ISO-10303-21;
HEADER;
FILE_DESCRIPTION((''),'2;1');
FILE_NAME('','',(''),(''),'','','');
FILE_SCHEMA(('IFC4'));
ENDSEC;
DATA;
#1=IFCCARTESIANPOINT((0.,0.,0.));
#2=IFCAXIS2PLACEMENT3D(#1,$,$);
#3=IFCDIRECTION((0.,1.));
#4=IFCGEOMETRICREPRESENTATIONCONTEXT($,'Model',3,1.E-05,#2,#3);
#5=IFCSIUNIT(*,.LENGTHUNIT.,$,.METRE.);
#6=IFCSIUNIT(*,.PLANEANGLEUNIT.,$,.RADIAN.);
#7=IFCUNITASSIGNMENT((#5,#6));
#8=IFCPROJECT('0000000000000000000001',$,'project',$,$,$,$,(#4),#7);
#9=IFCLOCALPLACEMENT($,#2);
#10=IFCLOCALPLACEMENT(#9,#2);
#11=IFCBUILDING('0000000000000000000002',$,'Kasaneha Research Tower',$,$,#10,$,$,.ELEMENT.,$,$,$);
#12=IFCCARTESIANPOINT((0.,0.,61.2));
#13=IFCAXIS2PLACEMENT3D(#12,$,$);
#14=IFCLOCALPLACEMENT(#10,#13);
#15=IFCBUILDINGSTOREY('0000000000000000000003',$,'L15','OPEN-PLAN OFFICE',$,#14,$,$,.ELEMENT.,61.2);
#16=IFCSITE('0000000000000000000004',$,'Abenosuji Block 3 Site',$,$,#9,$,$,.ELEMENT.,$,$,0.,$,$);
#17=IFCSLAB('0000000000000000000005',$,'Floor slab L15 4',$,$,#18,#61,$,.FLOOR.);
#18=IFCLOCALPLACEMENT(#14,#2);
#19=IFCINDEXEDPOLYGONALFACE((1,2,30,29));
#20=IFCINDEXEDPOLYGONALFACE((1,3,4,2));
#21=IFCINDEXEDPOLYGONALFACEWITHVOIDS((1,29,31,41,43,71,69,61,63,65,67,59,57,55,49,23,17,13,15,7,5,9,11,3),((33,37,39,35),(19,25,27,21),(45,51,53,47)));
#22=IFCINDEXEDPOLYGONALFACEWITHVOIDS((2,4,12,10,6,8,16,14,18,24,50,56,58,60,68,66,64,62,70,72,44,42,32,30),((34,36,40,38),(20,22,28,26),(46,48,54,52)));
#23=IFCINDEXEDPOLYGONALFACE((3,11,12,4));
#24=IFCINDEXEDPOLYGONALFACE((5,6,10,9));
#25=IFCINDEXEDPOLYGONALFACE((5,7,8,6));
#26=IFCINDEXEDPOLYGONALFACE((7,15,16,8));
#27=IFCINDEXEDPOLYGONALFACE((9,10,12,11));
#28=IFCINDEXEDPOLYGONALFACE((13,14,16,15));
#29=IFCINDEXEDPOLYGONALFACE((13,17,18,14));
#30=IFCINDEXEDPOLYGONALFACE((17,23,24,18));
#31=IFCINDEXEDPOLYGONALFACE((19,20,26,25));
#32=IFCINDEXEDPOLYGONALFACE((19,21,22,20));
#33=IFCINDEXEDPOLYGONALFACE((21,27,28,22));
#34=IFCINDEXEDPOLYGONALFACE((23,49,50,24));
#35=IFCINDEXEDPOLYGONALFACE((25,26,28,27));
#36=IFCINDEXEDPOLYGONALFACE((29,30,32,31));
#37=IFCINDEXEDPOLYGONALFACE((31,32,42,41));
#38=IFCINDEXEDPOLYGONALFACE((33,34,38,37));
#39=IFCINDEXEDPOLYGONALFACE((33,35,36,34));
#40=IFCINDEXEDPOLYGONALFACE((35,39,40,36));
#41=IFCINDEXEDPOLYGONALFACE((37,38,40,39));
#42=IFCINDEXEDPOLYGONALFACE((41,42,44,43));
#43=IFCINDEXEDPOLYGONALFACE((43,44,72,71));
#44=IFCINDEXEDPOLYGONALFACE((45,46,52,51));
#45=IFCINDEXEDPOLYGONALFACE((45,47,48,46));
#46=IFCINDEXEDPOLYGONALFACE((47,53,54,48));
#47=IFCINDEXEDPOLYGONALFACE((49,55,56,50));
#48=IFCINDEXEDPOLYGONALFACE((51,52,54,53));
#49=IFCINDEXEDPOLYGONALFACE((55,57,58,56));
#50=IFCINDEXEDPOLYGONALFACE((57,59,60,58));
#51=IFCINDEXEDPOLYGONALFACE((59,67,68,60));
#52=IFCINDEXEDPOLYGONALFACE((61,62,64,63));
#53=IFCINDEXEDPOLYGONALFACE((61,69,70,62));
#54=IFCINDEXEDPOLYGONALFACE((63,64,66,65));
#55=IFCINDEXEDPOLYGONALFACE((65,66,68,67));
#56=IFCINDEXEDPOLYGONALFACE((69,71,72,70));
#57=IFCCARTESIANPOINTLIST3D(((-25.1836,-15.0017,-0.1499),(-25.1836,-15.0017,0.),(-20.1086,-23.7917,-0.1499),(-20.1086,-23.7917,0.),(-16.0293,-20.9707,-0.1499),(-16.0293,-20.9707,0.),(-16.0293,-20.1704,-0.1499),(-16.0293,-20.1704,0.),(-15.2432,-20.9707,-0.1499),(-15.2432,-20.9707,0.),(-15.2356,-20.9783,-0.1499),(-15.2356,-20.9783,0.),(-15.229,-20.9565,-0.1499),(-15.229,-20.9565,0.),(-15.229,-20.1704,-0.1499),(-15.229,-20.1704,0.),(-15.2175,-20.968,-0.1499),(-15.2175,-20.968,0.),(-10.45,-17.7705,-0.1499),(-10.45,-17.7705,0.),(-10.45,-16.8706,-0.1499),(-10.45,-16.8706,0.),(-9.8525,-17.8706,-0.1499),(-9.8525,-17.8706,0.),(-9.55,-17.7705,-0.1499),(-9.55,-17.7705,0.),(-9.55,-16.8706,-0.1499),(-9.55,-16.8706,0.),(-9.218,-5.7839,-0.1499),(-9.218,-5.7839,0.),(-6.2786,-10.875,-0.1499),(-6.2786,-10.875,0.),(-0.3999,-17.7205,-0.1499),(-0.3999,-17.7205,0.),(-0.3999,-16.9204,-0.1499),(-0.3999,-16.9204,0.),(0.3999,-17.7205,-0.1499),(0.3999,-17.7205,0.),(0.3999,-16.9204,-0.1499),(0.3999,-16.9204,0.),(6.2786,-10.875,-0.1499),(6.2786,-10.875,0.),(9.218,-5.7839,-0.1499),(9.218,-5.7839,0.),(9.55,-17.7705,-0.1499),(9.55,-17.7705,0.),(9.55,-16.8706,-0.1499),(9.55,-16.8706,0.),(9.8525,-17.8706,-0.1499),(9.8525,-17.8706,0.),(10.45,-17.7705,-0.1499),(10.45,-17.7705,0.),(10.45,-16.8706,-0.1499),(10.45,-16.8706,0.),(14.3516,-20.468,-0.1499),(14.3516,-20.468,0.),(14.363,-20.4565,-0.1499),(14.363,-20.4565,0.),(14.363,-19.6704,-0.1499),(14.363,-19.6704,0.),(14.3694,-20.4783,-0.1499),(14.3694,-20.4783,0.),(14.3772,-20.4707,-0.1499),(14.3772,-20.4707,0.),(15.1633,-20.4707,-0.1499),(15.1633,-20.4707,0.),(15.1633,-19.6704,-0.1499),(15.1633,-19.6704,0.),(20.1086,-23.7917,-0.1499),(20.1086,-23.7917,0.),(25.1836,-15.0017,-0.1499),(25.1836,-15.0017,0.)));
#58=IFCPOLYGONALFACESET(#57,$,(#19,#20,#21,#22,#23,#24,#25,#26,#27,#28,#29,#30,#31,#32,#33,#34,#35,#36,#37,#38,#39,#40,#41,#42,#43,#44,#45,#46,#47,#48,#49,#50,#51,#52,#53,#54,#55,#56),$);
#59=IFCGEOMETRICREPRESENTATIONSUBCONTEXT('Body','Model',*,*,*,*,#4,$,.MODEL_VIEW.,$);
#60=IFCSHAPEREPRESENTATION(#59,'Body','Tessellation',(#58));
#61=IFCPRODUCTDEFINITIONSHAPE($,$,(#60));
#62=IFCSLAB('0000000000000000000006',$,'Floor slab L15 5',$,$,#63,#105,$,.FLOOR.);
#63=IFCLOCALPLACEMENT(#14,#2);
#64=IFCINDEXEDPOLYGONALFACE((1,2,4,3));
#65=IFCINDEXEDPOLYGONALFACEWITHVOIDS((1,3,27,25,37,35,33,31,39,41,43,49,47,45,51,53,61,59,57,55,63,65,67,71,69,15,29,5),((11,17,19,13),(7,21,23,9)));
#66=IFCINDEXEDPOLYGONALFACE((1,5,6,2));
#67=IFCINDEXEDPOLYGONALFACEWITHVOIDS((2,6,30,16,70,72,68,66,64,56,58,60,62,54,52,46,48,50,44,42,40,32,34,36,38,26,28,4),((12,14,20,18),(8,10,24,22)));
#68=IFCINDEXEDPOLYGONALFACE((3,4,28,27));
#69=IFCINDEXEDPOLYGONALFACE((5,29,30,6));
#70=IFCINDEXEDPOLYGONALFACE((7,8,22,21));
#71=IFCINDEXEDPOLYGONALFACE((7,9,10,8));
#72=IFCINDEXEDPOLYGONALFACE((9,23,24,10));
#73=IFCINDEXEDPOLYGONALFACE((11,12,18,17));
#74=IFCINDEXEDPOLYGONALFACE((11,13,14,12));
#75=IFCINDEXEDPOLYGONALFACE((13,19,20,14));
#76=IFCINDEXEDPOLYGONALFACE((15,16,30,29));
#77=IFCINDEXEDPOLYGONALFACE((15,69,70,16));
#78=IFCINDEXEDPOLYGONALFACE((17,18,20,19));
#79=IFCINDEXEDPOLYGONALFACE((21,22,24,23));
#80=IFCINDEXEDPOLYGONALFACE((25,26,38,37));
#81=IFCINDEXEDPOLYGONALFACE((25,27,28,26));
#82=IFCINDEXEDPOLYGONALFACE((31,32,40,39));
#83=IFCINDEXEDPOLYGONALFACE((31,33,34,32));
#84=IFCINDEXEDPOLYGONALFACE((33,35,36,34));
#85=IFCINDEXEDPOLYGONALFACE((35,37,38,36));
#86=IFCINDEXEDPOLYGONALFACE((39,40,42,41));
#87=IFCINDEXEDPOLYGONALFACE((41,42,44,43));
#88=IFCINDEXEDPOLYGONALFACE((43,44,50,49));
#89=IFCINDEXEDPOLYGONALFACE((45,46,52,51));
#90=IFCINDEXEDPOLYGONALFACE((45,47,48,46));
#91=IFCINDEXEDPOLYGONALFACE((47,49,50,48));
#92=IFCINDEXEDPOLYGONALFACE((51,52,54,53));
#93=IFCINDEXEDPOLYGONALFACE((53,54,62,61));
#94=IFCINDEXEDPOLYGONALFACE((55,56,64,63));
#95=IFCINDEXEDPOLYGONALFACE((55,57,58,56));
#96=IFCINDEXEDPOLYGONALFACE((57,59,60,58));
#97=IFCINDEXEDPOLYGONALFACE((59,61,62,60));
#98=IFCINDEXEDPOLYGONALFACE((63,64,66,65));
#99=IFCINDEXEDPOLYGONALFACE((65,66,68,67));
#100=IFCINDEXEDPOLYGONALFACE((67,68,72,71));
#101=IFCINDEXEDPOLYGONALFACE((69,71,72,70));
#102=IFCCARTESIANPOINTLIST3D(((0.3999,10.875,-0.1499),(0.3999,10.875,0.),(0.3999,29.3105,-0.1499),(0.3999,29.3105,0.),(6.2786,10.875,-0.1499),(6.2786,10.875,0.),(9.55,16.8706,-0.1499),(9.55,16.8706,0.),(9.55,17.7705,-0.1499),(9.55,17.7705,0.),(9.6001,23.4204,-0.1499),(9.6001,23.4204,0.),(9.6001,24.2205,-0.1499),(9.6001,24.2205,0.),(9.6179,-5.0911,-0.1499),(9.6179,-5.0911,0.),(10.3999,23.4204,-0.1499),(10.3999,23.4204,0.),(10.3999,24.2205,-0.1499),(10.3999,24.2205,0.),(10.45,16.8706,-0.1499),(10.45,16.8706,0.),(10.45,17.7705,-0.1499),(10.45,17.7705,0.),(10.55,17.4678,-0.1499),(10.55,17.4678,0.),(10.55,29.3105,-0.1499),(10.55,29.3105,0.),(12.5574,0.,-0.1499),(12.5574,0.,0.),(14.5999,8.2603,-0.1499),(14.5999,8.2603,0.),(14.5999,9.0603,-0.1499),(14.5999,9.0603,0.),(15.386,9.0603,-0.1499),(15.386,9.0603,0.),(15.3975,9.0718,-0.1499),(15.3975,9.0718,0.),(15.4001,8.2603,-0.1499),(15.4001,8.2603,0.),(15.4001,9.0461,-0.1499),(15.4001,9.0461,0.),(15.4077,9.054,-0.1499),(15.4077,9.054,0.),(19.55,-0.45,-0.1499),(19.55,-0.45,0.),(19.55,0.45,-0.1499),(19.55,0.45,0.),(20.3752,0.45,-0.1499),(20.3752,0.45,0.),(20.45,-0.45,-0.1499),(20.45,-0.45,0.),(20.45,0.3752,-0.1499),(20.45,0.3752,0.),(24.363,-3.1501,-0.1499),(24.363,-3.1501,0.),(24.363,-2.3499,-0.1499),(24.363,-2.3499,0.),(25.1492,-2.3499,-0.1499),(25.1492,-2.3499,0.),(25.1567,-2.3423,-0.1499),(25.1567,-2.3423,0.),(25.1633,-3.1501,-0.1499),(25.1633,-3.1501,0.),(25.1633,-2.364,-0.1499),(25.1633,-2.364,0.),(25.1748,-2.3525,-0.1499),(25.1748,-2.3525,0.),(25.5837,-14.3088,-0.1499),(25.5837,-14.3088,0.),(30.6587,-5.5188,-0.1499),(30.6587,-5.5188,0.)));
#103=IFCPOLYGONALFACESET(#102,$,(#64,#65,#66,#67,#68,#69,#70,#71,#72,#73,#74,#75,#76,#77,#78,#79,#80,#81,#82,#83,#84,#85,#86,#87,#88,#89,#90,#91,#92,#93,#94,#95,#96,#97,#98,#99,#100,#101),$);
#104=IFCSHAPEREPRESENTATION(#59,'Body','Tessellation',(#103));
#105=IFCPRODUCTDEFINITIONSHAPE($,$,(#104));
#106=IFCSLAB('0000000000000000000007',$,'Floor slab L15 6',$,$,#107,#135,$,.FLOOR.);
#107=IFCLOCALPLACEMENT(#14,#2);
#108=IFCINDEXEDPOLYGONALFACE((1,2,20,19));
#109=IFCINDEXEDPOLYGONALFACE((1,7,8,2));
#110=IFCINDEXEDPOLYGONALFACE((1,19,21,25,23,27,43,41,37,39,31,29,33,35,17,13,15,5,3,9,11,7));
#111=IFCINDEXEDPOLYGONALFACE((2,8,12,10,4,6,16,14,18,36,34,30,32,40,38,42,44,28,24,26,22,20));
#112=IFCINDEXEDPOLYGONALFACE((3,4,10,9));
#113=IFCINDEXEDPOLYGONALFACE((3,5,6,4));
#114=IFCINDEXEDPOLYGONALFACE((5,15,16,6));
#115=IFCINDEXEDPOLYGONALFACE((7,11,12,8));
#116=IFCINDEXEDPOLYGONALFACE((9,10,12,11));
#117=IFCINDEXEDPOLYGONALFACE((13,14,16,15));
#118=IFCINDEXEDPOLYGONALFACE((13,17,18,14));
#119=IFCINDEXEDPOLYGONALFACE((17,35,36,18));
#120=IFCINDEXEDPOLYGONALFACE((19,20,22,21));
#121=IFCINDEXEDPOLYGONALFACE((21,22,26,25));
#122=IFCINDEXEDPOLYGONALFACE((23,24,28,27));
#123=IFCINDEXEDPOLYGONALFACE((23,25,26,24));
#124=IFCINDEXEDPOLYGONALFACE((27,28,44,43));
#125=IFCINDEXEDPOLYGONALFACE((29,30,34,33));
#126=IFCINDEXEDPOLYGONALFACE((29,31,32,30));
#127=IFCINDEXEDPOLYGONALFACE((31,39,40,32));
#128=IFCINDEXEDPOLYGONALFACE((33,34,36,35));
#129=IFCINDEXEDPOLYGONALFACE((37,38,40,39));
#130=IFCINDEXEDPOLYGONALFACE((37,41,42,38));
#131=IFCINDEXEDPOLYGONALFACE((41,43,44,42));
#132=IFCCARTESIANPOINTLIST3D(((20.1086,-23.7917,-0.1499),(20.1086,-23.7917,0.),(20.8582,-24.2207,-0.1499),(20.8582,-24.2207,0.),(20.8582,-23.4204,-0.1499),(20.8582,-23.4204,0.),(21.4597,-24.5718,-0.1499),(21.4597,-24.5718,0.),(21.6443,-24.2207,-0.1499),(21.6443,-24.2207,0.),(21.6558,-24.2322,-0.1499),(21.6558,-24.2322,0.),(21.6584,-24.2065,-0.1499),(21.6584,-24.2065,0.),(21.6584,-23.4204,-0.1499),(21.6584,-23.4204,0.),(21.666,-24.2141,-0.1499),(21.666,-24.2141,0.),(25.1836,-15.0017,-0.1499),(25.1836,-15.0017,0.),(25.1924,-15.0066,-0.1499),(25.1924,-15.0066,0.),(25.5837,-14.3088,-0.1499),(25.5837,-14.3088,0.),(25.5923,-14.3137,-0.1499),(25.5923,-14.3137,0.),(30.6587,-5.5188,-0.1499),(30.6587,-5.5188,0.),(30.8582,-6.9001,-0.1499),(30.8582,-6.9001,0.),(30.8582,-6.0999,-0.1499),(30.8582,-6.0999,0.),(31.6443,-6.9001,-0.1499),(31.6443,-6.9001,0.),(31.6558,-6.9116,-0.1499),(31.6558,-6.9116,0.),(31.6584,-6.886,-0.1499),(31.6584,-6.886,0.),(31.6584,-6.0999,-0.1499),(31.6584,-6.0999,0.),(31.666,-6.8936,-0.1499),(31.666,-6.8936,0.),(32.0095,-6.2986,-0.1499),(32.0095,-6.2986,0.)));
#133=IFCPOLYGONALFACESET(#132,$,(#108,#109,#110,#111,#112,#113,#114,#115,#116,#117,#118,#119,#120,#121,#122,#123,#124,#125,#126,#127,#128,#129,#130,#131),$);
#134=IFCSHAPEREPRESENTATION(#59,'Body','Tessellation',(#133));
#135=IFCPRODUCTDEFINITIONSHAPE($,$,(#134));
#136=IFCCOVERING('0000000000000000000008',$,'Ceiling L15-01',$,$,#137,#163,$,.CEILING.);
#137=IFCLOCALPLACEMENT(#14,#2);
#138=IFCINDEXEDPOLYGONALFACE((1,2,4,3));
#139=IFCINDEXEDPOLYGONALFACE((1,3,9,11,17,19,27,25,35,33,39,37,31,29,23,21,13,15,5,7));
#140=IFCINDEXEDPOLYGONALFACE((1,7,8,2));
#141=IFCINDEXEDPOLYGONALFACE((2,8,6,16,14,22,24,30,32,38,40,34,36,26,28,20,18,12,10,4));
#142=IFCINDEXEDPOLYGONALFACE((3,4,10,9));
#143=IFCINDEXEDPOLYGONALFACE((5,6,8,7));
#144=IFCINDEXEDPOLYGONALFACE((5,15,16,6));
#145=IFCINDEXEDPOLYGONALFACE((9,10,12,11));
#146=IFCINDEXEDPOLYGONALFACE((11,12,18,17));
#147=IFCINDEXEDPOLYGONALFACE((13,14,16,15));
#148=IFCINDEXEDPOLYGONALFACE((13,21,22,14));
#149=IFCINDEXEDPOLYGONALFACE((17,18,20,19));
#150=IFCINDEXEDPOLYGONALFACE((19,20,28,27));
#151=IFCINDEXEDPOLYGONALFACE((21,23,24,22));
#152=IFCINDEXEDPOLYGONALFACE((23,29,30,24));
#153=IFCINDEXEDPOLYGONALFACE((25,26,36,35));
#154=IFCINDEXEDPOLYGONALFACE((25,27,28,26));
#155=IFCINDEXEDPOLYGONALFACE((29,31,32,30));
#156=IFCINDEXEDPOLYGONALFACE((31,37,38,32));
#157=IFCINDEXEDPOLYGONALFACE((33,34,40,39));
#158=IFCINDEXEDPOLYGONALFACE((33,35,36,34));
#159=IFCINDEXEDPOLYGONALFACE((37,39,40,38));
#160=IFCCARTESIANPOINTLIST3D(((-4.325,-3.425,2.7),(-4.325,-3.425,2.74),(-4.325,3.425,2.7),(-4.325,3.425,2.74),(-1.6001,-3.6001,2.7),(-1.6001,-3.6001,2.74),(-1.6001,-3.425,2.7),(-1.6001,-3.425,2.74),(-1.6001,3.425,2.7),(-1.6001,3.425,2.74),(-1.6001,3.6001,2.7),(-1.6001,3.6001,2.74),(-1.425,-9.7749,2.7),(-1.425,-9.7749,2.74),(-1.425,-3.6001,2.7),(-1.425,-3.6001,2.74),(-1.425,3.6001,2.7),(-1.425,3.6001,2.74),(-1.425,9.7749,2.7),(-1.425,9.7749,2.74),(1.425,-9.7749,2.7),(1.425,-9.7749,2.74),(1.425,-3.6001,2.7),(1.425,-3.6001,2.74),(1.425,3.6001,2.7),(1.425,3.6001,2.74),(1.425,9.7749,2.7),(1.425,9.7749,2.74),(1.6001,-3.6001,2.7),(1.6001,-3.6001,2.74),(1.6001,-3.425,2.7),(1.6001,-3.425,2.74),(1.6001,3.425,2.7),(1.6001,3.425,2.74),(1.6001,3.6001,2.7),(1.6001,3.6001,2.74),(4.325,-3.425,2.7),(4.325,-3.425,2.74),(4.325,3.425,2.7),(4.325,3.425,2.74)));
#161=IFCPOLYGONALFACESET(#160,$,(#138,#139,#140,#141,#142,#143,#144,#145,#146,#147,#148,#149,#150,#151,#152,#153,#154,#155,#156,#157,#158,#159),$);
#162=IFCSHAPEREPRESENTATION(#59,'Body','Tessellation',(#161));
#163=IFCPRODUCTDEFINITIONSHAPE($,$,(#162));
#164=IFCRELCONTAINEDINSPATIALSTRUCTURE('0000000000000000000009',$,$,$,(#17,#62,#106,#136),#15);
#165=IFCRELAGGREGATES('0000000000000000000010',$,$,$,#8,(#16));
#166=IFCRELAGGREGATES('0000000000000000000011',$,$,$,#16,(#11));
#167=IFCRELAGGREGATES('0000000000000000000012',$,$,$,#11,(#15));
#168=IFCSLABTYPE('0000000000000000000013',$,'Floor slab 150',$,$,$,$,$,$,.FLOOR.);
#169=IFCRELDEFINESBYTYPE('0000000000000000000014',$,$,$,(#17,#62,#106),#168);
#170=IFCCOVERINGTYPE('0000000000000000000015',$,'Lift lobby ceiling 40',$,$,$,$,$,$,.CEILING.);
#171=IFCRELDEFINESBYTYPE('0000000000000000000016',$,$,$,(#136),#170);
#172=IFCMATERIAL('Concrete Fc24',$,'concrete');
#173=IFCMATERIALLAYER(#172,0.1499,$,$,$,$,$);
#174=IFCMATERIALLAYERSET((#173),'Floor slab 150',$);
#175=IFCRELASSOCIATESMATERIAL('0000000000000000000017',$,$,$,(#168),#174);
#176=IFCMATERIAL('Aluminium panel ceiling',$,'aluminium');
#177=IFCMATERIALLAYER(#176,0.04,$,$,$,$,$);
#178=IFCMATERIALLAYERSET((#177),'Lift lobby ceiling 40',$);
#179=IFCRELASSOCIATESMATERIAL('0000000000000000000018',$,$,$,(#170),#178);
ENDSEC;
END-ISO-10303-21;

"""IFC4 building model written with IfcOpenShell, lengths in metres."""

from ifc_helpers import new_model, si_unit, direction, frame, origin, place, context, subcontext, project, spatial, polyline, outline, extrude, material, layer, layer_set, type_object, element, save


model = new_model("IFC4")

# Units and contexts
model_context = context("Model", 3, precision=1e-05, world=origin(), true_north=direction((0.0, 1.0)))
body_context = subcontext(model_context, "Body", "Model", "MODEL_VIEW")
ifc_project = project(units=[si_unit("LENGTHUNIT", "METRE"), si_unit("PLANEANGLEUNIT", "RADIAN")], contexts=[model_context])

# Site, building, storey
site_placement = place(None, origin())
site = spatial("IfcSite", under=ifc_project, at=site_placement, Name="Abenosuji Block 3 Site", CompositionType="ELEMENT", RefElevation=0.0)
building_placement = place(site_placement, origin())
building = spatial("IfcBuilding", under=site, at=building_placement, Name="Kasaneha Research Tower", CompositionType="ELEMENT")
storey_placement = place(building_placement, frame((0.0, 0.0, 61.2)))
storey = spatial("IfcBuildingStorey", under=building, at=storey_placement, Name="L15", Description="OPEN-PLAN OFFICE", CompositionType="ELEMENT", Elevation=61.2)

# Slabs
ifc_material_1 = material(Name="Concrete Fc24", Category="concrete")
ifc_layer_1 = layer(ifc_material_1, 0.1499)
ifc_layer_set_1 = layer_set([ifc_layer_1], Name="Floor slab 150")
slab_type_1 = type_object("IfcSlabType", Name="Floor slab 150", PredefinedType="FLOOR", material=ifc_layer_set_1)
slab_1_placement = place(storey_placement, frame((0.0, 0.0, -0.1499)))
element("IfcSlab", 1, at=slab_1_placement, inside=storey, type_object=slab_type_1, Name="Floor slab L15 4", PredefinedType="FLOOR", context=body_context, shape_type="SweptSolid", body=[
    extrude(outline(polyline([(-6.2786, -10.875), (6.2786, -10.875), (9.218, -5.7839), (25.1836, -15.0017), (20.1086, -23.7917), (14.3694, -20.4783), (14.3772, -20.4707), (15.1633, -20.4707), (15.1633, -19.6704), (14.363, -19.6704), (14.363, -20.4565), (14.3516, -20.468), (9.8525, -17.8706), (-9.8525, -17.8706), (-15.2175, -20.968), (-15.229, -20.9565), (-15.229, -20.1704), (-16.0293, -20.1704), (-16.0293, -20.9707), (-15.2432, -20.9707), (-15.2356, -20.9783), (-20.1086, -23.7917), (-25.1836, -15.0017), (-9.218, -5.7839), (-6.2786, -10.875)]), holes=[polyline([(0.3999, -17.7205), (0.3999, -16.9204), (-0.3999, -16.9204), (-0.3999, -17.7205), (0.3999, -17.7205)]), polyline([(-9.55, -16.8706), (-10.45, -16.8706), (-10.45, -17.7705), (-9.55, -17.7705), (-9.55, -16.8706)]), polyline([(10.45, -16.8706), (9.55, -16.8706), (9.55, -17.7705), (10.45, -17.7705), (10.45, -16.8706)])]), origin(), (0.0, 0.0, 1.0), 0.1499),
])
slab_2_placement = place(storey_placement, frame((0.0, 0.0, -0.1499)))
element("IfcSlab", 2, at=slab_2_placement, inside=storey, type_object=slab_type_1, Name="Floor slab L15 5", PredefinedType="FLOOR", context=body_context, shape_type="SweptSolid", body=[
    extrude(outline(polyline([(9.6179, -5.0911), (12.5574, 0.0), (6.2786, 10.875), (0.3999, 10.875), (0.3999, 29.3105), (10.55, 29.3105), (10.55, 17.4678), (15.3975, 9.0718), (15.386, 9.0603), (14.5999, 9.0603), (14.5999, 8.2603), (15.4001, 8.2603), (15.4001, 9.0461), (15.4077, 9.054), (20.3752, 0.45), (19.55, 0.45), (19.55, -0.45), (20.45, -0.45), (20.45, 0.3752), (25.1567, -2.3423), (25.1492, -2.3499), (24.363, -2.3499), (24.363, -3.1501), (25.1633, -3.1501), (25.1633, -2.364), (25.1748, -2.3525), (30.6587, -5.5188), (25.5837, -14.3088), (9.6179, -5.0911)]), holes=[polyline([(10.45, 16.8706), (10.45, 17.7705), (9.55, 17.7705), (9.55, 16.8706), (10.45, 16.8706)]), polyline([(10.3999, 23.4204), (10.3999, 24.2205), (9.6001, 24.2205), (9.6001, 23.4204), (10.3999, 23.4204)])]), origin(), (0.0, 0.0, 1.0), 0.1499),
])
slab_3_placement = place(storey_placement, frame((0.0, 0.0, -0.1499)))
element("IfcSlab", 3, at=slab_3_placement, inside=storey, type_object=slab_type_1, Name="Floor slab L15 6", PredefinedType="FLOOR", context=body_context, shape_type="SweptSolid", body=[
    extrude(outline(polyline([(25.1924, -15.0066), (25.5923, -14.3137), (25.5837, -14.3088), (30.6587, -5.5188), (32.0095, -6.2986), (31.666, -6.8936), (31.6584, -6.886), (31.6584, -6.0999), (30.8582, -6.0999), (30.8582, -6.9001), (31.6443, -6.9001), (31.6558, -6.9116), (21.666, -24.2141), (21.6584, -24.2065), (21.6584, -23.4204), (20.8582, -23.4204), (20.8582, -24.2207), (21.6443, -24.2207), (21.6558, -24.2322), (21.4597, -24.5718), (20.1086, -23.7917), (25.1836, -15.0017), (25.1924, -15.0066)])), origin(), (0.0, 0.0, 1.0), 0.1499),
])

# Covering
ifc_material_2 = material(Name="Aluminium panel ceiling", Category="aluminium")
ifc_layer_2 = layer(ifc_material_2, 0.04)
ifc_layer_set_2 = layer_set([ifc_layer_2], Name="Lift lobby ceiling 40")
covering_type_1 = type_object("IfcCoveringType", Name="Lift lobby ceiling 40", PredefinedType="CEILING", material=ifc_layer_set_2)
covering_1_placement = place(storey_placement, frame((0.0, 0.0, 2.7)))
element("IfcCovering", 4, at=covering_1_placement, inside=storey, type_object=covering_type_1, Name="Ceiling L15-01", PredefinedType="CEILING", context=body_context, shape_type="SweptSolid", body=[
    extrude(outline(polyline([(1.425, 9.7749), (1.425, 3.6001), (1.6001, 3.6001), (1.6001, 3.425), (4.325, 3.425), (4.325, -3.425), (1.6001, -3.425), (1.6001, -3.6001), (1.425, -3.6001), (1.425, -9.7749), (-1.425, -9.7749), (-1.425, -3.6001), (-1.6001, -3.6001), (-1.6001, -3.425), (-4.325, -3.425), (-4.325, 3.425), (-1.6001, 3.425), (-1.6001, 3.6001), (-1.425, 3.6001), (-1.425, 9.7749), (1.425, 9.7749)])), origin(), (0.0, 0.0, 1.0), 0.04),
])

save(model, "model.ifc")
